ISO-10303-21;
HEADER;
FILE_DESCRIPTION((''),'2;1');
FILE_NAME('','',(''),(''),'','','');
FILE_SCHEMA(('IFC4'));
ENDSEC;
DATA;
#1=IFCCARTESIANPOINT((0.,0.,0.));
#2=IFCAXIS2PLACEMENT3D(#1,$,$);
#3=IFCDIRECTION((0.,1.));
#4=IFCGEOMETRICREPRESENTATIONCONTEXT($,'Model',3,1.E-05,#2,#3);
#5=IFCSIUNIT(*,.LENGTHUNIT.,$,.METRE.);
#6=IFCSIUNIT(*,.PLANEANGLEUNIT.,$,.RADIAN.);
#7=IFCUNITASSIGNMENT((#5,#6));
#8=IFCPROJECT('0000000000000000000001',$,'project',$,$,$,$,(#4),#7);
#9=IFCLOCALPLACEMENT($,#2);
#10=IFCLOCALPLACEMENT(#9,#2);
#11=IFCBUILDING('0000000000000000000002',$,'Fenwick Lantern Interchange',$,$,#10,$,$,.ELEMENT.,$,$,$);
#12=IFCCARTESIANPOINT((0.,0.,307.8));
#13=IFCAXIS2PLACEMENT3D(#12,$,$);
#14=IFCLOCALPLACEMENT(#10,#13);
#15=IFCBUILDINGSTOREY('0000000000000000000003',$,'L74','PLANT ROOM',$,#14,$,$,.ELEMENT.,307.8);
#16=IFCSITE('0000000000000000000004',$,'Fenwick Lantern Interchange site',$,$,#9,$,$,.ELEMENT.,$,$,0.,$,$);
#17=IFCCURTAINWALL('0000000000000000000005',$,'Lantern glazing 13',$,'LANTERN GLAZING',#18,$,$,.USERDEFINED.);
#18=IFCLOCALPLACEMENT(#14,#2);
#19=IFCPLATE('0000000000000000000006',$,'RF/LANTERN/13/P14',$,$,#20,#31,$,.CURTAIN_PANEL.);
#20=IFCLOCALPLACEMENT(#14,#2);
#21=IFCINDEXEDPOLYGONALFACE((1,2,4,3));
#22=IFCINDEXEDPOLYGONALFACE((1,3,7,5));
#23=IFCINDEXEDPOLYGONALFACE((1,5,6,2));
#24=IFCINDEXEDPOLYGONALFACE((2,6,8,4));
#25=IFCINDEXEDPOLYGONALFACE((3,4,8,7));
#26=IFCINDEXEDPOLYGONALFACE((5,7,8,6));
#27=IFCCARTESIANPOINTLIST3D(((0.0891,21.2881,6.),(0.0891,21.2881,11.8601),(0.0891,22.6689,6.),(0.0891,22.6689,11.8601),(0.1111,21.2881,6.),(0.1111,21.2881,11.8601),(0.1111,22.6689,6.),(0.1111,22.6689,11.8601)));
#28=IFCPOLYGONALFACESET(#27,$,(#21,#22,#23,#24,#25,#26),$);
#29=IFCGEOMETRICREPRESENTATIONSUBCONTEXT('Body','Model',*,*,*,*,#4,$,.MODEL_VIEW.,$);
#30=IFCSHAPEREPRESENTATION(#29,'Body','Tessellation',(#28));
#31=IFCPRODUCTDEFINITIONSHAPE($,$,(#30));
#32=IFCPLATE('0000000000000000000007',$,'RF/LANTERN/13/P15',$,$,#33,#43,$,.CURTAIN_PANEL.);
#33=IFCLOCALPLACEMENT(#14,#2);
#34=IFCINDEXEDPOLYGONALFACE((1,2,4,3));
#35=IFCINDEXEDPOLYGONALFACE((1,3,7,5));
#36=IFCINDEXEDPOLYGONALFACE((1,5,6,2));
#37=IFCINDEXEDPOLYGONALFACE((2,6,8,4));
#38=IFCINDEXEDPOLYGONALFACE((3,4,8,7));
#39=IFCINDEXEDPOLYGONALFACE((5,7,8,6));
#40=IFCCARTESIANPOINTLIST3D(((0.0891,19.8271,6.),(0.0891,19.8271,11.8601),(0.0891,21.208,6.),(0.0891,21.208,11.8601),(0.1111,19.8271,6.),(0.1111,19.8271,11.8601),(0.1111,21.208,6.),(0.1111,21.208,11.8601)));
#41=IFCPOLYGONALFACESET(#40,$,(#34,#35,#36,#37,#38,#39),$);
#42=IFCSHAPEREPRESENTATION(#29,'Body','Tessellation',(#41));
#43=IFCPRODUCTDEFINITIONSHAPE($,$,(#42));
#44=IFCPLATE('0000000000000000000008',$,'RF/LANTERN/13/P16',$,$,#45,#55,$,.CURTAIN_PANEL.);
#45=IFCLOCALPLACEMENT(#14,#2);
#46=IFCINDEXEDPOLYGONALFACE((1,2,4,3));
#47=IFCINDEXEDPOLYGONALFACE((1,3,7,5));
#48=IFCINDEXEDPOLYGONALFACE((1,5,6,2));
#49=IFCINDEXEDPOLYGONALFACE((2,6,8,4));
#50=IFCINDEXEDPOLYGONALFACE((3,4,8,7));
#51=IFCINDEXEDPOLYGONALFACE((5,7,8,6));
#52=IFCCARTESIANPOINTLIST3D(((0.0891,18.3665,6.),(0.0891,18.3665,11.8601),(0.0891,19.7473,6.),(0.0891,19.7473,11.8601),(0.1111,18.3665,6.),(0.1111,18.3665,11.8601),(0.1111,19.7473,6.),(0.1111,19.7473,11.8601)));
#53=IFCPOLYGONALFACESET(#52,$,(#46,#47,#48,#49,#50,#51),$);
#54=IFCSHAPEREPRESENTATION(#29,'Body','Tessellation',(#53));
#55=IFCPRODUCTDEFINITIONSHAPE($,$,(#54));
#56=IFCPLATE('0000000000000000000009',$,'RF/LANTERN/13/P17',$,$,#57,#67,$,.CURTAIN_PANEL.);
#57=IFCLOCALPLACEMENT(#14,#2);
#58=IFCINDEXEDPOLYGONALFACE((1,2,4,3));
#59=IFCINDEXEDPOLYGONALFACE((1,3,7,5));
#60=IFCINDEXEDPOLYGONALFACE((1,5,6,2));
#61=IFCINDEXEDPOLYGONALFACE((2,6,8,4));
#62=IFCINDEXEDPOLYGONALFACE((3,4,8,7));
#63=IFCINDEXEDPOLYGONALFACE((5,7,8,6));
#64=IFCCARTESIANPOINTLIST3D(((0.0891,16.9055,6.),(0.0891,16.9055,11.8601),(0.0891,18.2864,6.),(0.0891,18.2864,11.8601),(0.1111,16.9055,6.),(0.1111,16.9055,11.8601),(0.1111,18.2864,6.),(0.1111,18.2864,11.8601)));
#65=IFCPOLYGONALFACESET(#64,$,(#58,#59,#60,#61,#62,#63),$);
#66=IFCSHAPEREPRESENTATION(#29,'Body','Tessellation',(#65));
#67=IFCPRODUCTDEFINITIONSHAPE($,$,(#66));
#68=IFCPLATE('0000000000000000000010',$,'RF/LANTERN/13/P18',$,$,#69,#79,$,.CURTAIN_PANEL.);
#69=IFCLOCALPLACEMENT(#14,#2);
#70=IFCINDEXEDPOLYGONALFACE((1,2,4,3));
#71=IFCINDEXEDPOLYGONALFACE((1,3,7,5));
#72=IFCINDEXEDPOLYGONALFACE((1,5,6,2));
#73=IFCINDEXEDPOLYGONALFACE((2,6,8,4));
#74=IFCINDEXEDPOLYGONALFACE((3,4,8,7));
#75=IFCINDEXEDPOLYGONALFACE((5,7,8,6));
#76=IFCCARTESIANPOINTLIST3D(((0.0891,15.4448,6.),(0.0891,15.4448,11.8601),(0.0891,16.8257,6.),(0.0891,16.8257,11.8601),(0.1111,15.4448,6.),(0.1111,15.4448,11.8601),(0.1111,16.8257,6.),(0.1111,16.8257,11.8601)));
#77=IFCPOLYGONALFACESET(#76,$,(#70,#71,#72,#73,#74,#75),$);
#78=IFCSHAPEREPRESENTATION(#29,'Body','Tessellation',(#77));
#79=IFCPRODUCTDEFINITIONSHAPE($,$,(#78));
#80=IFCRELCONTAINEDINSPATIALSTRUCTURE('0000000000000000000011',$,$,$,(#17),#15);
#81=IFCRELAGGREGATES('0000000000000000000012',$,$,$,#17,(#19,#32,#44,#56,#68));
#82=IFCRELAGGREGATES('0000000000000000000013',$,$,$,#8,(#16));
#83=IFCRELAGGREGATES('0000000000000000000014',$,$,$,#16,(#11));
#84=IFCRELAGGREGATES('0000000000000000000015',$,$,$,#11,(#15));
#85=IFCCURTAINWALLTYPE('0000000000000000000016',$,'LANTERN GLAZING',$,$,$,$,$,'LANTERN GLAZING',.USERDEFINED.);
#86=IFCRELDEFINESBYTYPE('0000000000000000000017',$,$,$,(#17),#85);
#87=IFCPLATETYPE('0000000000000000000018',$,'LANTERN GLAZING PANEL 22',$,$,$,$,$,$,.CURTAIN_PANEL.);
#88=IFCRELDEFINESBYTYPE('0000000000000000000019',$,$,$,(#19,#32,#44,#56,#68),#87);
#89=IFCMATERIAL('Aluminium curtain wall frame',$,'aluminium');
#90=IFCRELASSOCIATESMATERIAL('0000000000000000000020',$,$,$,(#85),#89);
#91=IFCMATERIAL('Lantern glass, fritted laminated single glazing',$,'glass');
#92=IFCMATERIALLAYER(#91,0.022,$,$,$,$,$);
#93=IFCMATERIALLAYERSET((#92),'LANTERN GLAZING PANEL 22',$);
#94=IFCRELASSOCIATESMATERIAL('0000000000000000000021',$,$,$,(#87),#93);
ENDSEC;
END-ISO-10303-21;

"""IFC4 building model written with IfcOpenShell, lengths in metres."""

from ifc_helpers import new_model, si_unit, direction, frame, origin, origin_2d, place, context, subcontext, project, spatial, rectangle, extrude, material, layer, layer_set, type_object, element, aggregate, save


model = new_model("IFC4")

# Units and contexts
model_context = context("Model", 3, precision=1e-05, world=origin(), true_north=direction((0.0, 1.0)))
body_context = subcontext(model_context, "Body", "Model", "MODEL_VIEW")
ifc_project = project(units=[si_unit("LENGTHUNIT", "METRE"), si_unit("PLANEANGLEUNIT", "RADIAN")], contexts=[model_context])

# Site, building, storey
site_placement = place(None, origin())
site = spatial("IfcSite", under=ifc_project, at=site_placement, Name="Fenwick Lantern Interchange site", CompositionType="ELEMENT", RefElevation=0.0)
building_placement = place(site_placement, origin())
building = spatial("IfcBuilding", under=site, at=building_placement, Name="Fenwick Lantern Interchange", CompositionType="ELEMENT")
storey_placement = place(building_placement, frame((0.0, 0.0, 307.8)))
storey = spatial("IfcBuildingStorey", under=building, at=storey_placement, Name="L74", Description="PLANT ROOM", CompositionType="ELEMENT", Elevation=307.8)

# Curtain wall
ifc_material_1 = material(Name="Aluminium curtain wall frame", Category="aluminium")
curtain_wall_type = type_object("IfcCurtainWallType", Name="LANTERN GLAZING", ElementType="LANTERN GLAZING", PredefinedType="USERDEFINED", material=ifc_material_1)
curtain_wall_1_placement = place(storey_placement, origin())
curtain_wall_1 = element("IfcCurtainWall", 1, at=curtain_wall_1_placement, inside=storey, type_object=curtain_wall_type, Name="Lantern glazing 13", ObjectType="LANTERN GLAZING", PredefinedType="USERDEFINED")

# Plates
ifc_material_2 = material(Name="Lantern glass, fritted laminated single glazing", Category="glass")
ifc_layer = layer(ifc_material_2, 0.022)
ifc_layer_set = layer_set([ifc_layer], Name="LANTERN GLAZING PANEL 22")
plate_type = type_object("IfcPlateType", Name="LANTERN GLAZING PANEL 22", PredefinedType="CURTAIN_PANEL", material=ifc_layer_set)
plate_1_placement = place(storey_placement, frame((0.1001, 21.9785, 6.0), z_axis=(0.0, 0.0, 1.0), x_axis=(0.0, -1.0, 0.0)))
plate_1 = element("IfcPlate", 2, at=plate_1_placement, type_object=plate_type, Name="RF/LANTERN/13/P14", PredefinedType="CURTAIN_PANEL", context=body_context, shape_type="SweptSolid", body=[
    extrude(rectangle(XDim=1.3809, YDim=0.022, at=origin_2d()), origin(), (0.0, 0.0, 1.0), 5.8601),
])
plate_2_placement = place(storey_placement, frame((0.1001, 20.5176, 6.0), z_axis=(0.0, 0.0, 1.0), x_axis=(0.0, -1.0, 0.0)))
plate_2 = element("IfcPlate", 3, at=plate_2_placement, type_object=plate_type, Name="RF/LANTERN/13/P15", PredefinedType="CURTAIN_PANEL", context=body_context, shape_type="SweptSolid", body=[
    extrude(rectangle(XDim=1.3809, YDim=0.022, at=origin_2d()), origin(), (0.0, 0.0, 1.0), 5.8601),
])
plate_3_placement = place(storey_placement, frame((0.1001, 19.0569, 6.0), z_axis=(0.0, 0.0, 1.0), x_axis=(0.0, -1.0, 0.0)))
plate_3 = element("IfcPlate", 4, at=plate_3_placement, type_object=plate_type, Name="RF/LANTERN/13/P16", PredefinedType="CURTAIN_PANEL", context=body_context, shape_type="SweptSolid", body=[
    extrude(rectangle(XDim=1.3809, YDim=0.022, at=origin_2d()), origin(), (0.0, 0.0, 1.0), 5.8601),
])
plate_4_placement = place(storey_placement, frame((0.1001, 17.5959, 6.0), z_axis=(0.0, 0.0, 1.0), x_axis=(0.0, -1.0, 0.0)))
plate_4 = element("IfcPlate", 5, at=plate_4_placement, type_object=plate_type, Name="RF/LANTERN/13/P17", PredefinedType="CURTAIN_PANEL", context=body_context, shape_type="SweptSolid", body=[
    extrude(rectangle(XDim=1.3809, YDim=0.022, at=origin_2d()), origin(), (0.0, 0.0, 1.0), 5.8601),
])
plate_5_placement = place(storey_placement, frame((0.1001, 16.1353, 6.0), z_axis=(0.0, 0.0, 1.0), x_axis=(0.0, -1.0, 0.0)))
plate_5 = element("IfcPlate", 6, at=plate_5_placement, type_object=plate_type, Name="RF/LANTERN/13/P18", PredefinedType="CURTAIN_PANEL", context=body_context, shape_type="SweptSolid", body=[
    extrude(rectangle(XDim=1.3809, YDim=0.022, at=origin_2d()), origin(), (0.0, 0.0, 1.0), 5.8601),
])
aggregate(curtain_wall_1, [plate_1, plate_2, plate_3, plate_4, plate_5])

save(model, "model.ifc")
